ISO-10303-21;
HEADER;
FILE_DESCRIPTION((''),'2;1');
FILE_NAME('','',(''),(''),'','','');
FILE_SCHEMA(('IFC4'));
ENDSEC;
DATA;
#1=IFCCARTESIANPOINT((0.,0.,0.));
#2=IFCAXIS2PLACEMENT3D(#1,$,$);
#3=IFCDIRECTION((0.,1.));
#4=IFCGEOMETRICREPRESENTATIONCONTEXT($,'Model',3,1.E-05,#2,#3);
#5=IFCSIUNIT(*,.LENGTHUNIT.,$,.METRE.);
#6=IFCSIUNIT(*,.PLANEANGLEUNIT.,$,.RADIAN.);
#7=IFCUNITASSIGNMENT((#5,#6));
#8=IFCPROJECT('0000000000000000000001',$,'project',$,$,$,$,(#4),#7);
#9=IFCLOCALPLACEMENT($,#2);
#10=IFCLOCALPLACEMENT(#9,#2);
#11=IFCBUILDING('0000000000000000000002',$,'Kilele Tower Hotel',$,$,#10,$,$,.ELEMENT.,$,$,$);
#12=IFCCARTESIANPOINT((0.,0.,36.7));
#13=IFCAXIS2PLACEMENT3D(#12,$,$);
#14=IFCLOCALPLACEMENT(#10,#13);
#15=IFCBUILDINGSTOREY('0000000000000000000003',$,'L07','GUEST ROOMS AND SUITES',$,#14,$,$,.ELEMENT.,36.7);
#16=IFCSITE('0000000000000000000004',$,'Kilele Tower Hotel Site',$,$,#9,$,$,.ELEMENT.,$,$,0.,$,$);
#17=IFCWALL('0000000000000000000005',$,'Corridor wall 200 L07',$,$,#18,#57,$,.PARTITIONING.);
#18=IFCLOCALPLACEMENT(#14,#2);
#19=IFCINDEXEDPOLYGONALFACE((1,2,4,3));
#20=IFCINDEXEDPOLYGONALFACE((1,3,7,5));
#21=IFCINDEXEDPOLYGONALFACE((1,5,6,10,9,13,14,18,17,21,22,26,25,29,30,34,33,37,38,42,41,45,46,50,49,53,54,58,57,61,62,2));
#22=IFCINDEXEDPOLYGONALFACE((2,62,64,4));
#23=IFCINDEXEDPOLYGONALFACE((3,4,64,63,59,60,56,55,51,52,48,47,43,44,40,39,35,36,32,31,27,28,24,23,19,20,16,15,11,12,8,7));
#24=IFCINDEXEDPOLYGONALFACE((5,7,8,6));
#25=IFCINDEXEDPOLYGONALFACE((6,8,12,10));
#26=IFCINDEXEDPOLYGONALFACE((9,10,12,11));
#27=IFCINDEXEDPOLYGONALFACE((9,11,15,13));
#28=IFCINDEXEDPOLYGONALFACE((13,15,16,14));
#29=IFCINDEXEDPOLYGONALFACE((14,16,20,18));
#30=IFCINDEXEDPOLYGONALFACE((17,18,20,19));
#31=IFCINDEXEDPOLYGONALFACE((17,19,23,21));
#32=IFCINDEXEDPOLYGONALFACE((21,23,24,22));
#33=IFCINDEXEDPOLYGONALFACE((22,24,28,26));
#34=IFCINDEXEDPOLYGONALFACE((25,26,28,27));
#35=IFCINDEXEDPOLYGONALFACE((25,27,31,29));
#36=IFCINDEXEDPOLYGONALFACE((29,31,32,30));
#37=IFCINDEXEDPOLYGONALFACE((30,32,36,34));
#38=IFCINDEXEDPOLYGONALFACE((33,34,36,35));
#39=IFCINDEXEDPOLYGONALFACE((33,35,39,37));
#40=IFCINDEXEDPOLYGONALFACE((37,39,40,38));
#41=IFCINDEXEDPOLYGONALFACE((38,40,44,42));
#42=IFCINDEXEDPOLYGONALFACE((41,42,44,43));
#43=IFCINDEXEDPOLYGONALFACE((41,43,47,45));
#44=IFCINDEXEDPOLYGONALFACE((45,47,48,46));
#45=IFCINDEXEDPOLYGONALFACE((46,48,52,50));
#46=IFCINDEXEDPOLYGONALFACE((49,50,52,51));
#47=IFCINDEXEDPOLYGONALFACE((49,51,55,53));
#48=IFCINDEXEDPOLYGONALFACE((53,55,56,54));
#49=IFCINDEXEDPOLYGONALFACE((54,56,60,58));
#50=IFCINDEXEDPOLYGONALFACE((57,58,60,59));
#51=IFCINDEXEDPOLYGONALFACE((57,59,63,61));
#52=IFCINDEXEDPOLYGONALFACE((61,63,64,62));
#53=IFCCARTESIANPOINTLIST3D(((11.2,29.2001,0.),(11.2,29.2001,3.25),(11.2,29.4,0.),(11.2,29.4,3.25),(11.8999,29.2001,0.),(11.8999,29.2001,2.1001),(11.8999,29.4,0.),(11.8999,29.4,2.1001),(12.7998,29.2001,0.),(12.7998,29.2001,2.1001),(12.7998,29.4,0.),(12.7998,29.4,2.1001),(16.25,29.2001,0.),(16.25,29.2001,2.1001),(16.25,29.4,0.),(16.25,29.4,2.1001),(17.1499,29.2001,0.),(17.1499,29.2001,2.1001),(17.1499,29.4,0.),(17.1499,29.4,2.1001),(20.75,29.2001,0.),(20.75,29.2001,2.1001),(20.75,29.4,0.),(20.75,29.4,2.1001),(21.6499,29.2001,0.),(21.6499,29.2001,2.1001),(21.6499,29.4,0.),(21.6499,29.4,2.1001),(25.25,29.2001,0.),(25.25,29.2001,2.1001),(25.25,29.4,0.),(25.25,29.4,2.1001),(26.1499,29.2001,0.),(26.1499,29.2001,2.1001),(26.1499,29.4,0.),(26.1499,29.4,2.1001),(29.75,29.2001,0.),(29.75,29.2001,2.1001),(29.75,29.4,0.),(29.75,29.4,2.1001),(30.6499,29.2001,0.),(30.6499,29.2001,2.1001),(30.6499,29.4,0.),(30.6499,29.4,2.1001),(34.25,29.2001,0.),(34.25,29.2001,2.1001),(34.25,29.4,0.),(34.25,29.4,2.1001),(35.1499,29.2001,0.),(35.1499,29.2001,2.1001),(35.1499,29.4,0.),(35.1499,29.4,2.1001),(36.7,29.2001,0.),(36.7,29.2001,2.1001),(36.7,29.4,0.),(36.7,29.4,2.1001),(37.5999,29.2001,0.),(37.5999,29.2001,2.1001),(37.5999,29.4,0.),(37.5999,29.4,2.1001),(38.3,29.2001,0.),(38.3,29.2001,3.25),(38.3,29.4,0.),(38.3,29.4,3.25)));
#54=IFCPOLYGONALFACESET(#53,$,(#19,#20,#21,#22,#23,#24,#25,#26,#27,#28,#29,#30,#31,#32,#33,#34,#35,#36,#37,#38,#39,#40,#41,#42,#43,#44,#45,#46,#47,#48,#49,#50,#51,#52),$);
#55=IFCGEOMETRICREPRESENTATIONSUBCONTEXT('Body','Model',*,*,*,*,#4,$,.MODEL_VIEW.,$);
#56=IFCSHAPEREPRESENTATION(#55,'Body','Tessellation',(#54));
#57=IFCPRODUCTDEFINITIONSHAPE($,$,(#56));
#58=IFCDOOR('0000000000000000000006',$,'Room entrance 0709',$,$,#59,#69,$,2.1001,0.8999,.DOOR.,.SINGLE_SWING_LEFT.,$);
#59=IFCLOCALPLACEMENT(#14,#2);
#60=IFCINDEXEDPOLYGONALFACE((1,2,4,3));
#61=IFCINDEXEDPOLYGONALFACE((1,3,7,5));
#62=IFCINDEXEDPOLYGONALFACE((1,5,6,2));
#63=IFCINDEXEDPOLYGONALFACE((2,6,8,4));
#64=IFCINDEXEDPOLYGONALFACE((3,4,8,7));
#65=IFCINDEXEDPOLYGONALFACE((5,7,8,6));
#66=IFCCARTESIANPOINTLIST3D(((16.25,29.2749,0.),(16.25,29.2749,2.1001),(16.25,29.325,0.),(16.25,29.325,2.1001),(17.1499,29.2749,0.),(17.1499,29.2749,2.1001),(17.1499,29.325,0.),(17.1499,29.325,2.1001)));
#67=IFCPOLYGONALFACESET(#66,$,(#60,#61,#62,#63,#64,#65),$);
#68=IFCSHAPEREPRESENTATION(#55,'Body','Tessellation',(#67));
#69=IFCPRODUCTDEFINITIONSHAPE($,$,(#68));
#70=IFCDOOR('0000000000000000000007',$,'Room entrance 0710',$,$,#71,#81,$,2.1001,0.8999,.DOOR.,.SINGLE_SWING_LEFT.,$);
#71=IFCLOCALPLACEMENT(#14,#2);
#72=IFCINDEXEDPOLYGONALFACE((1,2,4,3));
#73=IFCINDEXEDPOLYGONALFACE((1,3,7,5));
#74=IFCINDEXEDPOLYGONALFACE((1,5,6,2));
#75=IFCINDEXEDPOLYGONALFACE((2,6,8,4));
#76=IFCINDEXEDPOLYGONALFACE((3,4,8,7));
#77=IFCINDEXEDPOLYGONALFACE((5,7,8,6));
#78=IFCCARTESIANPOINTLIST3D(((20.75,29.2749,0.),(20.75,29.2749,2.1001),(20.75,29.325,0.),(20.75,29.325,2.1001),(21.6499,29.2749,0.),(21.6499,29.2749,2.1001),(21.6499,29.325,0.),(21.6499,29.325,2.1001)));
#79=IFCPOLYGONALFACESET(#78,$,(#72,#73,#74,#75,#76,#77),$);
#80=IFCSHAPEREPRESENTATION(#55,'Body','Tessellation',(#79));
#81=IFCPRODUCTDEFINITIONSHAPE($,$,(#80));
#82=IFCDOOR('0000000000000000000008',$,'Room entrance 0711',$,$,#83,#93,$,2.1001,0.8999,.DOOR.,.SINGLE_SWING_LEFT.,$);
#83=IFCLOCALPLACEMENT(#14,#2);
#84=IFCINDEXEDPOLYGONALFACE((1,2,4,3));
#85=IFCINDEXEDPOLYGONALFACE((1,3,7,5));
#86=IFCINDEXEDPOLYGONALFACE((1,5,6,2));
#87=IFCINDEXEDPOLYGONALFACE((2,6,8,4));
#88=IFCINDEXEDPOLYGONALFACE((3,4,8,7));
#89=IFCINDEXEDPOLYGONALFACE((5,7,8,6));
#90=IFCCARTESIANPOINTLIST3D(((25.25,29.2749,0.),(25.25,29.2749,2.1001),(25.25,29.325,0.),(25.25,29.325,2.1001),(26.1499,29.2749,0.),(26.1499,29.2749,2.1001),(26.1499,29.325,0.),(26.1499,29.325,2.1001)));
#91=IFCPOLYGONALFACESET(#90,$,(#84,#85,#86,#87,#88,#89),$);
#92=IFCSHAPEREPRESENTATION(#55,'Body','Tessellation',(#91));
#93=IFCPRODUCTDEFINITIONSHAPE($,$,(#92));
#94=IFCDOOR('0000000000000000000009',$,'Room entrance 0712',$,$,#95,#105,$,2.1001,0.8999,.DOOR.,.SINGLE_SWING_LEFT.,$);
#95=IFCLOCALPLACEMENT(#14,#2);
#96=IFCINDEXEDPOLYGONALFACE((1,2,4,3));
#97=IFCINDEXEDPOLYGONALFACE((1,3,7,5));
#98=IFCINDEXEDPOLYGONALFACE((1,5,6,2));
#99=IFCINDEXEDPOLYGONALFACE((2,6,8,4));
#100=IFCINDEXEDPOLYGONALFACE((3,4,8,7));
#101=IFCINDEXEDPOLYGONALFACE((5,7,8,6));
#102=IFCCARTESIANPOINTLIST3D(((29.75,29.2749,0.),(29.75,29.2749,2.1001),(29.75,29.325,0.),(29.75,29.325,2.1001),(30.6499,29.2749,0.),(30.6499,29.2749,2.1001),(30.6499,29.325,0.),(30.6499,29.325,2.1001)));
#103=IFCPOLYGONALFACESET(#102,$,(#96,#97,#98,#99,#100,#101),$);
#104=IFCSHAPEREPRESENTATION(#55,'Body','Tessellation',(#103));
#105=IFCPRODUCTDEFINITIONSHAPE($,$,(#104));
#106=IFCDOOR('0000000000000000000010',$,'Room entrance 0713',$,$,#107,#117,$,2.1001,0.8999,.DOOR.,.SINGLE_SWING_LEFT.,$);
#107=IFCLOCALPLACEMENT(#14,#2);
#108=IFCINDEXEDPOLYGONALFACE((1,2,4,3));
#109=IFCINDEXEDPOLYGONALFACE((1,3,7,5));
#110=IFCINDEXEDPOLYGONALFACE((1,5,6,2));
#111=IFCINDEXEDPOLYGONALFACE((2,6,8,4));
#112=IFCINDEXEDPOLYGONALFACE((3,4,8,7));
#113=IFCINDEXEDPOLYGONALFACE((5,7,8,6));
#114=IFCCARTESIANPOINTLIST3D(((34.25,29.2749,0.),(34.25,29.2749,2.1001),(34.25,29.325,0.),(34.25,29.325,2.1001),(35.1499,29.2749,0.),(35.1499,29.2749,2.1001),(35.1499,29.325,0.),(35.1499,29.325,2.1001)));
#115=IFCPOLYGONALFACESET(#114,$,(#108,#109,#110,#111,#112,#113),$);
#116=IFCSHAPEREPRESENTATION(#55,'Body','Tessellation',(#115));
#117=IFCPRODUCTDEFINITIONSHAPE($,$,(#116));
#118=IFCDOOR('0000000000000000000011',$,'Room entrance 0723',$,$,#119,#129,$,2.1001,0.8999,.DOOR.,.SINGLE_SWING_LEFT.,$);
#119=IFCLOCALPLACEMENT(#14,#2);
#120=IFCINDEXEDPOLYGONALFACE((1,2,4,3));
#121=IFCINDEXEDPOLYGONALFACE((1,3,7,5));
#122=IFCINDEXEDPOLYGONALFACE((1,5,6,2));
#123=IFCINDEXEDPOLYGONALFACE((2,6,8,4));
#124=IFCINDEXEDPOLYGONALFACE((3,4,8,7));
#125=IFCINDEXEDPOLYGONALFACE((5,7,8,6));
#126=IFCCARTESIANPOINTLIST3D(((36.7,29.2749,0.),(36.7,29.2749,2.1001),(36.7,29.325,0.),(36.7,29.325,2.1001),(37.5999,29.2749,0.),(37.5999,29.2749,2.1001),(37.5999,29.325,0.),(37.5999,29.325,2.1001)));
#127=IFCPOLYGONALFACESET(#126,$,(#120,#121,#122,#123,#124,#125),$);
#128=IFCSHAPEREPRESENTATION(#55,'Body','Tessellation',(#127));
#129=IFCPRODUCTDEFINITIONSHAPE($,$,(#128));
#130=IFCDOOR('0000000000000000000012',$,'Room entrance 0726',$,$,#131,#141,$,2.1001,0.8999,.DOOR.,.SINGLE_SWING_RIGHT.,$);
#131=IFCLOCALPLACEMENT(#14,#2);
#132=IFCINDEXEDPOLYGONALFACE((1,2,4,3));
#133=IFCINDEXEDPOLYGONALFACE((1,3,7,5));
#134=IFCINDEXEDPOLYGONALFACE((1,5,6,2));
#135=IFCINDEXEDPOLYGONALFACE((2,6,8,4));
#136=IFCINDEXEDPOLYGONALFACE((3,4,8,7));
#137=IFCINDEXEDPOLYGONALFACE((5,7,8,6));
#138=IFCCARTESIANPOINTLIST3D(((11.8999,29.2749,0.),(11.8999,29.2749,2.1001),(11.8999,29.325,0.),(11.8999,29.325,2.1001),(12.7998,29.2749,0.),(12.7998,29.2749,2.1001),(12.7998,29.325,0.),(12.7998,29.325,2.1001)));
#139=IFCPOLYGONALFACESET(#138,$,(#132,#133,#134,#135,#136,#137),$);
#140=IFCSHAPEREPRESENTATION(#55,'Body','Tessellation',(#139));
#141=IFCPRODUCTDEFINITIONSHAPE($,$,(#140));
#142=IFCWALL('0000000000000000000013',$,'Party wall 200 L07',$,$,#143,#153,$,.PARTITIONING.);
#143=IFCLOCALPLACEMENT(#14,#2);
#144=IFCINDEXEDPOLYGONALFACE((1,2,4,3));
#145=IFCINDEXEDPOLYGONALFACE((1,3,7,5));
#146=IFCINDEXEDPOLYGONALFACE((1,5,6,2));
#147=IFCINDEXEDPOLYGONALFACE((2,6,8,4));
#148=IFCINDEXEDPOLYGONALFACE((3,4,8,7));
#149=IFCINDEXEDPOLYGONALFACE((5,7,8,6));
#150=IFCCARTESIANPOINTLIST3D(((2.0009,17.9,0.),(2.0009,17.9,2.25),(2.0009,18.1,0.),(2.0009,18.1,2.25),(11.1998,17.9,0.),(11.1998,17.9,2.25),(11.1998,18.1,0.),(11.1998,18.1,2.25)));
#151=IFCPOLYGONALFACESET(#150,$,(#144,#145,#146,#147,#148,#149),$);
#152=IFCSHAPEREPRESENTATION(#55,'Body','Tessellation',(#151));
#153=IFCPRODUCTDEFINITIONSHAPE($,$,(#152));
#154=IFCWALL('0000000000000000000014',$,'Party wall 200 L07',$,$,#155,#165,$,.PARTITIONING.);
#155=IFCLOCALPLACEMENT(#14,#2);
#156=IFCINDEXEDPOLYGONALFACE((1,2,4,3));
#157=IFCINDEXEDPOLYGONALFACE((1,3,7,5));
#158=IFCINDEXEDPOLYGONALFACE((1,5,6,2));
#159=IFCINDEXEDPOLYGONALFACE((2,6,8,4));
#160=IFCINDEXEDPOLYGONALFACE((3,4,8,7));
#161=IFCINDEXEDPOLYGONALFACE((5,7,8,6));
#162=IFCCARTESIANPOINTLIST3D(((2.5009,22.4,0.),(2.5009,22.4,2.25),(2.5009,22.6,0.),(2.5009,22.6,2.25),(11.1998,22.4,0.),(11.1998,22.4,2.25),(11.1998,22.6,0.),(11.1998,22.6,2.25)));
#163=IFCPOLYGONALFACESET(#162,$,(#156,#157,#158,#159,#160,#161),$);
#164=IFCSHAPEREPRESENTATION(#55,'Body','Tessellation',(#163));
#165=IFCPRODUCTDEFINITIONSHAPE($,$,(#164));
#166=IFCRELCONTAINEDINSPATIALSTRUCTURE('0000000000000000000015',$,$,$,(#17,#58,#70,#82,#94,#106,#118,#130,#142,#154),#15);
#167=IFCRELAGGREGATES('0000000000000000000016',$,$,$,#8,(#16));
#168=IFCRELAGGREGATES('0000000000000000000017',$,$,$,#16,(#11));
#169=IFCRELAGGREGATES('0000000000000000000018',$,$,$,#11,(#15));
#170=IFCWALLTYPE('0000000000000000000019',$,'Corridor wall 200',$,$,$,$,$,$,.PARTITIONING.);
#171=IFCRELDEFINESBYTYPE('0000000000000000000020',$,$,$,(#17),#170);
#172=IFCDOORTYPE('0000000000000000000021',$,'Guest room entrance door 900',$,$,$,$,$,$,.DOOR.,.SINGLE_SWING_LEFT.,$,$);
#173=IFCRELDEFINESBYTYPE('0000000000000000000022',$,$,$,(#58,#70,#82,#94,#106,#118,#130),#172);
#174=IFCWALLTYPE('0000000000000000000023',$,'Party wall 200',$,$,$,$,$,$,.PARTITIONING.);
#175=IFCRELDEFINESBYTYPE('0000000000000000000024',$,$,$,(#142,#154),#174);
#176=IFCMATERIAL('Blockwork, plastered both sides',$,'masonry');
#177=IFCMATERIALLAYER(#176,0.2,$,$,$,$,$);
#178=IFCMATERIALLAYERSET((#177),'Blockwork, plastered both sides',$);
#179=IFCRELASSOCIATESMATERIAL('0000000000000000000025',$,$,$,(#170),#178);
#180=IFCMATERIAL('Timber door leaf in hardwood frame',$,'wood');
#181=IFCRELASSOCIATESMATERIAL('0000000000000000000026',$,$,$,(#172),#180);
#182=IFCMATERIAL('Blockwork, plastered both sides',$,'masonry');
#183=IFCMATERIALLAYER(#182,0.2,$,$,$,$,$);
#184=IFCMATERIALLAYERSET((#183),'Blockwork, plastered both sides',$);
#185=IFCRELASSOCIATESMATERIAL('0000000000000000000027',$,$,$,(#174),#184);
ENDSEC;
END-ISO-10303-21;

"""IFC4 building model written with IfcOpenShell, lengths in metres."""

from ifc_helpers import new_model, si_unit, direction, frame, frame_2d, origin, place, context, subcontext, project, spatial, rectangle, extrude, material, layer, layer_set, type_object, element, fill, save


model = new_model("IFC4")

# Units and contexts
model_context = context("Model", 3, precision=1e-05, world=origin(), true_north=direction((0.0, 1.0)))
body_context = subcontext(model_context, "Body", "Model", "MODEL_VIEW")
ifc_project = project(units=[si_unit("LENGTHUNIT", "METRE"), si_unit("PLANEANGLEUNIT", "RADIAN")], contexts=[model_context])

# Site, building, storey
site_placement = place(None, origin())
site = spatial("IfcSite", under=ifc_project, at=site_placement, Name="Kilele Tower Hotel Site", CompositionType="ELEMENT", RefElevation=0.0)
building_placement = place(site_placement, origin())
building = spatial("IfcBuilding", under=site, at=building_placement, Name="Kilele Tower Hotel", CompositionType="ELEMENT")
storey_placement = place(building_placement, frame((0.0, 0.0, 36.7)))
storey = spatial("IfcBuildingStorey", under=building, at=storey_placement, Name="L07", Description="GUEST ROOMS AND SUITES", CompositionType="ELEMENT", Elevation=36.7)

# Wall, openings, doors
ifc_material_1 = material(Name="Blockwork, plastered both sides", Category="masonry")
ifc_layer_1 = layer(ifc_material_1, 0.2)
ifc_layer_set_1 = layer_set([ifc_layer_1], Name="Blockwork, plastered both sides")
wall_type_1 = type_object("IfcWallType", Name="Corridor wall 200", PredefinedType="PARTITIONING", material=ifc_layer_set_1)
wall_1_placement = place(storey_placement, frame((11.2, 29.3, 0.0), z_axis=(0.0, 0.0, 1.0), x_axis=(1.0, 0.0, 0.0)))
wall_1 = element("IfcWall", 1, at=wall_1_placement, inside=storey, type_object=wall_type_1, Name="Corridor wall 200 L07", PredefinedType="PARTITIONING", context=body_context, shape_type="SweptSolid", body=[
    extrude(rectangle(XDim=27.1001, YDim=0.2, at=frame_2d((13.55, 0.0))), origin(), (0.0, 0.0, 1.0), 3.25),
])
opening_1_placement = place(wall_1_placement, frame((5.05, 0.0, 0.0)))
opening_1 = element("IfcOpeningElement", 2, at=opening_1_placement, cuts=wall_1, PredefinedType="OPENING", context=body_context, shape_type="SweptSolid", body=[
    extrude(rectangle(XDim=0.8999, YDim=2.1001, at=frame_2d((0.45, 1.05))), frame((0.0, 0.1099, 0.0), z_axis=(0.0, -1.0, 0.0), x_axis=(1.0, 0.0, 0.0)), (0.0, 0.0, 1.0), 0.22),
])
opening_2_placement = place(wall_1_placement, frame((9.55, 0.0, 0.0)))
opening_2 = element("IfcOpeningElement", 3, at=opening_2_placement, cuts=wall_1, PredefinedType="OPENING", context=body_context, shape_type="SweptSolid", body=[
    extrude(rectangle(XDim=0.8999, YDim=2.1001, at=frame_2d((0.45, 1.05))), frame((0.0, 0.1099, 0.0), z_axis=(0.0, -1.0, 0.0), x_axis=(1.0, 0.0, 0.0)), (0.0, 0.0, 1.0), 0.22),
])
opening_3_placement = place(wall_1_placement, frame((14.05, 0.0, 0.0)))
opening_3 = element("IfcOpeningElement", 4, at=opening_3_placement, cuts=wall_1, PredefinedType="OPENING", context=body_context, shape_type="SweptSolid", body=[
    extrude(rectangle(XDim=0.8999, YDim=2.1001, at=frame_2d((0.45, 1.05))), frame((0.0, 0.1099, 0.0), z_axis=(0.0, -1.0, 0.0), x_axis=(1.0, 0.0, 0.0)), (0.0, 0.0, 1.0), 0.22),
])
opening_4_placement = place(wall_1_placement, frame((18.55, 0.0, 0.0)))
opening_4 = element("IfcOpeningElement", 5, at=opening_4_placement, cuts=wall_1, PredefinedType="OPENING", context=body_context, shape_type="SweptSolid", body=[
    extrude(rectangle(XDim=0.8999, YDim=2.1001, at=frame_2d((0.45, 1.05))), frame((0.0, 0.1099, 0.0), z_axis=(0.0, -1.0, 0.0), x_axis=(1.0, 0.0, 0.0)), (0.0, 0.0, 1.0), 0.22),
])
opening_5_placement = place(wall_1_placement, frame((23.05, 0.0, 0.0)))
opening_5 = element("IfcOpeningElement", 6, at=opening_5_placement, cuts=wall_1, PredefinedType="OPENING", context=body_context, shape_type="SweptSolid", body=[
    extrude(rectangle(XDim=0.8999, YDim=2.1001, at=frame_2d((0.45, 1.05))), frame((0.0, 0.1099, 0.0), z_axis=(0.0, -1.0, 0.0), x_axis=(1.0, 0.0, 0.0)), (0.0, 0.0, 1.0), 0.22),
])
opening_6_placement = place(wall_1_placement, frame((25.5, 0.0, 0.0)))
opening_6 = element("IfcOpeningElement", 7, at=opening_6_placement, cuts=wall_1, PredefinedType="OPENING", context=body_context, shape_type="SweptSolid", body=[
    extrude(rectangle(XDim=0.8999, YDim=2.1001, at=frame_2d((0.45, 1.05))), frame((0.0, 0.1099, 0.0), z_axis=(0.0, -1.0, 0.0), x_axis=(1.0, 0.0, 0.0)), (0.0, 0.0, 1.0), 0.22),
])
opening_7_placement = place(wall_1_placement, frame((0.7, 0.0, 0.0)))
opening_7 = element("IfcOpeningElement", 8, at=opening_7_placement, cuts=wall_1, PredefinedType="OPENING", context=body_context, shape_type="SweptSolid", body=[
    extrude(rectangle(XDim=0.8999, YDim=2.1001, at=frame_2d((0.45, 1.05))), frame((0.0, 0.1099, 0.0), z_axis=(0.0, -1.0, 0.0), x_axis=(1.0, 0.0, 0.0)), (0.0, 0.0, 1.0), 0.22),
])
ifc_material_2 = material(Name="Timber door leaf in hardwood frame", Category="wood")
door_type_1 = type_object("IfcDoorType", Name="Guest room entrance door 900", OperationType="SINGLE_SWING_LEFT", PredefinedType="DOOR", material=ifc_material_2)
door_1_placement = place(opening_1_placement, origin())
door_1 = element("IfcDoor", 9, at=door_1_placement, inside=storey, type_object=door_type_1, Name="Room entrance 0709", OperationType="SINGLE_SWING_LEFT", OverallHeight=2.1001, OverallWidth=0.8999, PredefinedType="DOOR", context=body_context, shape_type="SweptSolid", body=[
    extrude(rectangle(XDim=0.8999, YDim=2.1001, at=frame_2d((0.45, 1.05))), frame((0.0, 0.0249, 0.0), z_axis=(0.0, -1.0, 0.0), x_axis=(1.0, 0.0, 0.0)), (0.0, 0.0, 1.0), 0.05),
])
fill(opening_1, door_1)
door_2_placement = place(opening_2_placement, origin())
door_2 = element("IfcDoor", 10, at=door_2_placement, inside=storey, type_object=door_type_1, Name="Room entrance 0710", OperationType="SINGLE_SWING_LEFT", OverallHeight=2.1001, OverallWidth=0.8999, PredefinedType="DOOR", context=body_context, shape_type="SweptSolid", body=[
    extrude(rectangle(XDim=0.8999, YDim=2.1001, at=frame_2d((0.45, 1.05))), frame((0.0, 0.0249, 0.0), z_axis=(0.0, -1.0, 0.0), x_axis=(1.0, 0.0, 0.0)), (0.0, 0.0, 1.0), 0.05),
])
fill(opening_2, door_2)
door_3_placement = place(opening_3_placement, origin())
door_3 = element("IfcDoor", 11, at=door_3_placement, inside=storey, type_object=door_type_1, Name="Room entrance 0711", OperationType="SINGLE_SWING_LEFT", OverallHeight=2.1001, OverallWidth=0.8999, PredefinedType="DOOR", context=body_context, shape_type="SweptSolid", body=[
    extrude(rectangle(XDim=0.8999, YDim=2.1001, at=frame_2d((0.45, 1.05))), frame((0.0, 0.0249, 0.0), z_axis=(0.0, -1.0, 0.0), x_axis=(1.0, 0.0, 0.0)), (0.0, 0.0, 1.0), 0.05),
])
fill(opening_3, door_3)
door_4_placement = place(opening_4_placement, origin())
door_4 = element("IfcDoor", 12, at=door_4_placement, inside=storey, type_object=door_type_1, Name="Room entrance 0712", OperationType="SINGLE_SWING_LEFT", OverallHeight=2.1001, OverallWidth=0.8999, PredefinedType="DOOR", context=body_context, shape_type="SweptSolid", body=[
    extrude(rectangle(XDim=0.8999, YDim=2.1001, at=frame_2d((0.45, 1.05))), frame((0.0, 0.0249, 0.0), z_axis=(0.0, -1.0, 0.0), x_axis=(1.0, 0.0, 0.0)), (0.0, 0.0, 1.0), 0.05),
])
fill(opening_4, door_4)
door_5_placement = place(opening_5_placement, origin())
door_5 = element("IfcDoor", 13, at=door_5_placement, inside=storey, type_object=door_type_1, Name="Room entrance 0713", OperationType="SINGLE_SWING_LEFT", OverallHeight=2.1001, OverallWidth=0.8999, PredefinedType="DOOR", context=body_context, shape_type="SweptSolid", body=[
    extrude(rectangle(XDim=0.8999, YDim=2.1001, at=frame_2d((0.45, 1.05))), frame((0.0, 0.0249, 0.0), z_axis=(0.0, -1.0, 0.0), x_axis=(1.0, 0.0, 0.0)), (0.0, 0.0, 1.0), 0.05),
])
fill(opening_5, door_5)
door_6_placement = place(opening_6_placement, origin())
door_6 = element("IfcDoor", 14, at=door_6_placement, inside=storey, type_object=door_type_1, Name="Room entrance 0723", OperationType="SINGLE_SWING_LEFT", OverallHeight=2.1001, OverallWidth=0.8999, PredefinedType="DOOR", context=body_context, shape_type="SweptSolid", body=[
    extrude(rectangle(XDim=0.8999, YDim=2.1001, at=frame_2d((0.45, 1.05))), frame((0.0, 0.0249, 0.0), z_axis=(0.0, -1.0, 0.0), x_axis=(1.0, 0.0, 0.0)), (0.0, 0.0, 1.0), 0.05),
])
fill(opening_6, door_6)
door_7_placement = place(opening_7_placement, origin())
door_7 = element("IfcDoor", 15, at=door_7_placement, inside=storey, type_object=door_type_1, Name="Room entrance 0726", OperationType="SINGLE_SWING_RIGHT", OverallHeight=2.1001, OverallWidth=0.8999, PredefinedType="DOOR", context=body_context, shape_type="SweptSolid", body=[
    extrude(rectangle(XDim=0.8999, YDim=2.1001, at=frame_2d((0.45, 1.05))), frame((0.0, 0.0249, 0.0), z_axis=(0.0, -1.0, 0.0), x_axis=(1.0, 0.0, 0.0)), (0.0, 0.0, 1.0), 0.05),
])
fill(opening_7, door_7)

# Walls
ifc_material_3 = material(Name="Blockwork, plastered both sides", Category="masonry")
ifc_layer_2 = layer(ifc_material_3, 0.2)
ifc_layer_set_2 = layer_set([ifc_layer_2], Name="Blockwork, plastered both sides")
wall_type_2 = type_object("IfcWallType", Name="Party wall 200", PredefinedType="PARTITIONING", material=ifc_layer_set_2)
wall_2_placement = place(storey_placement, frame((11.2, 18.0, 0.0), z_axis=(0.0, 0.0, 1.0), x_axis=(-1.0, 0.0, 0.0)))
element("IfcWall", 16, at=wall_2_placement, inside=storey, type_object=wall_type_2, Name="Party wall 200 L07", PredefinedType="PARTITIONING", context=body_context, shape_type="SweptSolid", body=[
    extrude(rectangle(XDim=9.199, YDim=0.2, at=frame_2d((4.5996, 0.0))), origin(), (0.0, 0.0, 1.0), 2.25),
])
wall_3_placement = place(storey_placement, frame((11.2, 22.5, 0.0), z_axis=(0.0, 0.0, 1.0), x_axis=(-1.0, 0.0, 0.0)))
element("IfcWall", 17, at=wall_3_placement, inside=storey, type_object=wall_type_2, Name="Party wall 200 L07", PredefinedType="PARTITIONING", context=body_context, shape_type="SweptSolid", body=[
    extrude(rectangle(XDim=8.699, YDim=0.2, at=frame_2d((4.3496, 0.0))), origin(), (0.0, 0.0, 1.0), 2.25),
])

save(model, "model.ifc")
